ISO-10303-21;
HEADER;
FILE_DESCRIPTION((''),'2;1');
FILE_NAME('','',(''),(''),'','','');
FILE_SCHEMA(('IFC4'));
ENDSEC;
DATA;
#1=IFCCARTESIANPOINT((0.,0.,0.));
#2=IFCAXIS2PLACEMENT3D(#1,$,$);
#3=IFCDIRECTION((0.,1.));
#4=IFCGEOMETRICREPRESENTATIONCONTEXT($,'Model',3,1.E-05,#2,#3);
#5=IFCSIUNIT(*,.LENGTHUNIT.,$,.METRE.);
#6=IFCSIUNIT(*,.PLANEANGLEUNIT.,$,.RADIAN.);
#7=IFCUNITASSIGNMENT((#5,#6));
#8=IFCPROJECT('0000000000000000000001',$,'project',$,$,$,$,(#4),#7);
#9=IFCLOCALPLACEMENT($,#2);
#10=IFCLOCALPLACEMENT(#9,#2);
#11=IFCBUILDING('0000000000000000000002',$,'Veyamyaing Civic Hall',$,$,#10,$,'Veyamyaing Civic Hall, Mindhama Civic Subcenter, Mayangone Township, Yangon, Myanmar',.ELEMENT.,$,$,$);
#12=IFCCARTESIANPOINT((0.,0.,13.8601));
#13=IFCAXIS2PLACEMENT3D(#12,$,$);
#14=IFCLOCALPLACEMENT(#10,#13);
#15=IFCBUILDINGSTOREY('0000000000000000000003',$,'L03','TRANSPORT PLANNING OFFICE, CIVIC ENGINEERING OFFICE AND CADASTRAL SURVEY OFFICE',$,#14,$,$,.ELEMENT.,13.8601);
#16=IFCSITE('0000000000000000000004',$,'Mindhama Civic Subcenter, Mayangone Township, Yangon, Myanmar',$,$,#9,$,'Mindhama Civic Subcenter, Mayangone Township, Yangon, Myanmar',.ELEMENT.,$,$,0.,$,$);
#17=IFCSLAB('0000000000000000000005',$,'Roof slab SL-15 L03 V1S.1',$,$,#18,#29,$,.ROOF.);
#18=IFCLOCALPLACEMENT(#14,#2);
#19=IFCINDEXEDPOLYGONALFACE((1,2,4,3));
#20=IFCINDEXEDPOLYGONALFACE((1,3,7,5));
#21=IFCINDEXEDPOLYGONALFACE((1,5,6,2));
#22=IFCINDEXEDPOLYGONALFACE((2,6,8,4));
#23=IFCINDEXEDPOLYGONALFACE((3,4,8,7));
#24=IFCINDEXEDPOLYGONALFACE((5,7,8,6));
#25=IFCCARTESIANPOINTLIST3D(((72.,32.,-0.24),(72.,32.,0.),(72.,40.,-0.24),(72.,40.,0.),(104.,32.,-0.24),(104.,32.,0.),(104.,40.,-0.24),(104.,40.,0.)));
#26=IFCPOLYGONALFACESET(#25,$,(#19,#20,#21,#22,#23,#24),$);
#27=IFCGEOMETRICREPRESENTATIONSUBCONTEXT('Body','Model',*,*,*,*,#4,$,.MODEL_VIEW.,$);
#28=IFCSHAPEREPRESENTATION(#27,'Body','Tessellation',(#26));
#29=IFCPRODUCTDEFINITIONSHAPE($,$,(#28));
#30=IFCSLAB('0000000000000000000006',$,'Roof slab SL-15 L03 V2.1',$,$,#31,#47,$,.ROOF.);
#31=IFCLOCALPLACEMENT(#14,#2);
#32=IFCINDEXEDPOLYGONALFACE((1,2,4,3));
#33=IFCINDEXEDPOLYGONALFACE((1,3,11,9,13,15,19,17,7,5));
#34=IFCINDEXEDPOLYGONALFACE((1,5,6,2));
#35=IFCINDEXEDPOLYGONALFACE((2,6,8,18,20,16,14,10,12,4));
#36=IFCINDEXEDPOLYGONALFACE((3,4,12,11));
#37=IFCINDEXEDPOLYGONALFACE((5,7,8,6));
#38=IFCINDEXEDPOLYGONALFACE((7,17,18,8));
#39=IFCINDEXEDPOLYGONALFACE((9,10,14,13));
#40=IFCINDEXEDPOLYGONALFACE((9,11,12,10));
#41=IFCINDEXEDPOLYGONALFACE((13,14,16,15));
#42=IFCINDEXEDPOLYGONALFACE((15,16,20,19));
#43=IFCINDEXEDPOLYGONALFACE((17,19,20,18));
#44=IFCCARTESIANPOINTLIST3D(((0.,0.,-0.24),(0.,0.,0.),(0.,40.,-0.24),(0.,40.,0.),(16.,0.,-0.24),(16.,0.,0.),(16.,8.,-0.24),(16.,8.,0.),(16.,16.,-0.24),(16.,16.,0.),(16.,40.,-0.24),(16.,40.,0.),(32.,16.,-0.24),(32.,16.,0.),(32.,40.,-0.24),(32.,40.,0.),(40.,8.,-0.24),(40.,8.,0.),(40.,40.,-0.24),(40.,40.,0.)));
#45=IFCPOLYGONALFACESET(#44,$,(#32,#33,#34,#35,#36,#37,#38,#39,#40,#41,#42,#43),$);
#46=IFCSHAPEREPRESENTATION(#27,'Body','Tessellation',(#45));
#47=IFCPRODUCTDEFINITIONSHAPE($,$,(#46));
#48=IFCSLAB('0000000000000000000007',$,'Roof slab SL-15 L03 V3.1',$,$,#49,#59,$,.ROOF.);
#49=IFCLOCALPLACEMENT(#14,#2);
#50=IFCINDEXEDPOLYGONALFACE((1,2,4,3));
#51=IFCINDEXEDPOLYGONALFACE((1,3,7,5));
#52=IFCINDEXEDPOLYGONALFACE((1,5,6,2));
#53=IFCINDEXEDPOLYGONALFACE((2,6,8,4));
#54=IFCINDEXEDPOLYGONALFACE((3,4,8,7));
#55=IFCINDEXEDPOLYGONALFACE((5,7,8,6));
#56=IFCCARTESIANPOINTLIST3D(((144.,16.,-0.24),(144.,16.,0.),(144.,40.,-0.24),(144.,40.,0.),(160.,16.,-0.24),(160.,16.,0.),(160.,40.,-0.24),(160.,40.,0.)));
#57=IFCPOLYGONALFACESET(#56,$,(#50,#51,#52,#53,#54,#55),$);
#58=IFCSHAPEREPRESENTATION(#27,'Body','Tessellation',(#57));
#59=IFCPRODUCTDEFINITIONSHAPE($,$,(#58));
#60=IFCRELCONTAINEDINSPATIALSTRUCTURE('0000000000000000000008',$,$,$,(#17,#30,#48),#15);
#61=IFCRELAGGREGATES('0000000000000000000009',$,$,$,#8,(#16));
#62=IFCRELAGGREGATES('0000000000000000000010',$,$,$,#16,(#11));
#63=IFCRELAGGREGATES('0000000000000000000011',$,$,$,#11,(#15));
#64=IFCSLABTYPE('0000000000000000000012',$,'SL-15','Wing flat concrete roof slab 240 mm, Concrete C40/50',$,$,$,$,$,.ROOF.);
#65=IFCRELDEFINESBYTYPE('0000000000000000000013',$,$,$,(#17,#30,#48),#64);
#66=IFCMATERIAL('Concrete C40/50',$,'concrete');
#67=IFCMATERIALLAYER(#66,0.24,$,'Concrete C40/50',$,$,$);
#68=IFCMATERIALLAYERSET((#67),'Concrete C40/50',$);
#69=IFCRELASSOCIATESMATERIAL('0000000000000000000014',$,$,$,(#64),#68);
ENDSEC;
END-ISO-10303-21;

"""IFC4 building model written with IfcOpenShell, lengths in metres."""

from ifc_helpers import new_model, si_unit, direction, frame, origin, place, context, subcontext, project, spatial, polyline, outline, extrude, material, layer, layer_set, type_object, element, save


model = new_model("IFC4")

# Units and contexts
model_context = context("Model", 3, precision=1e-05, world=origin(), true_north=direction((0.0, 1.0)))
body_context = subcontext(model_context, "Body", "Model", "MODEL_VIEW")
ifc_project = project(units=[si_unit("LENGTHUNIT", "METRE"), si_unit("PLANEANGLEUNIT", "RADIAN")], contexts=[model_context])

# Site, building, storey
site_placement = place(None, origin())
site = spatial("IfcSite", under=ifc_project, at=site_placement, Name="Mindhama Civic Subcenter, Mayangone Township, Yangon, Myanmar", LongName="Mindhama Civic Subcenter, Mayangone Township, Yangon, Myanmar", CompositionType="ELEMENT", RefElevation=0.0)
building_placement = place(site_placement, origin())
building = spatial("IfcBuilding", under=site, at=building_placement, Name="Veyamyaing Civic Hall", LongName="Veyamyaing Civic Hall, Mindhama Civic Subcenter, Mayangone Township, Yangon, Myanmar", CompositionType="ELEMENT")
storey_placement = place(building_placement, frame((0.0, 0.0, 13.8601)))
storey = spatial("IfcBuildingStorey", under=building, at=storey_placement, Name="L03", Description="TRANSPORT PLANNING OFFICE, CIVIC ENGINEERING OFFICE AND CADASTRAL SURVEY OFFICE", CompositionType="ELEMENT", Elevation=13.8601)

# Shared definitions
ifc_material_1 = material(Name="Concrete C40/50", Category="concrete")

# Shared definitions
ifc_layer_1 = layer(ifc_material_1, 0.24, Name="Concrete C40/50")
ifc_layer_set_1 = layer_set([ifc_layer_1], Name="Concrete C40/50")
slab_type_1 = type_object("IfcSlabType", Name="SL-15", Description="Wing flat concrete roof slab 240 mm, Concrete C40/50", PredefinedType="ROOF", material=ifc_layer_set_1)

# Slabs
slab_1_placement = place(storey_placement, frame((0.0, 0.0, -0.24)))
element("IfcSlab", 1, at=slab_1_placement, inside=storey, type_object=slab_type_1, Name="Roof slab SL-15 L03 V1S.1", PredefinedType="ROOF", context=body_context, shape_type="SweptSolid", body=[
    extrude(outline(polyline([(72.0, 40.0), (104.0, 40.0), (104.0, 32.0), (72.0, 32.0), (72.0, 40.0)])), origin(), (0.0, 0.0, 1.0), 0.24),
])
slab_2_placement = place(storey_placement, frame((0.0, 0.0, -0.24)))
element("IfcSlab", 2, at=slab_2_placement, inside=storey, type_object=slab_type_1, Name="Roof slab SL-15 L03 V2.1", PredefinedType="ROOF", context=body_context, shape_type="SweptSolid", body=[
    extrude(outline(polyline([(0.0, 0.0), (0.0, 40.0), (16.0, 40.0), (16.0, 16.0), (32.0, 16.0), (32.0, 40.0), (40.0, 40.0), (40.0, 8.0), (16.0, 8.0), (16.0, 0.0), (0.0, 0.0)])), origin(), (0.0, 0.0, 1.0), 0.24),
])
slab_3_placement = place(storey_placement, frame((0.0, 0.0, -0.24)))
element("IfcSlab", 3, at=slab_3_placement, inside=storey, type_object=slab_type_1, Name="Roof slab SL-15 L03 V3.1", PredefinedType="ROOF", context=body_context, shape_type="SweptSolid", body=[
    extrude(outline(polyline([(144.0, 16.0), (144.0, 40.0), (160.0, 40.0), (160.0, 16.0), (144.0, 16.0)])), origin(), (0.0, 0.0, 1.0), 0.24),
])

save(model, "model.ifc")
